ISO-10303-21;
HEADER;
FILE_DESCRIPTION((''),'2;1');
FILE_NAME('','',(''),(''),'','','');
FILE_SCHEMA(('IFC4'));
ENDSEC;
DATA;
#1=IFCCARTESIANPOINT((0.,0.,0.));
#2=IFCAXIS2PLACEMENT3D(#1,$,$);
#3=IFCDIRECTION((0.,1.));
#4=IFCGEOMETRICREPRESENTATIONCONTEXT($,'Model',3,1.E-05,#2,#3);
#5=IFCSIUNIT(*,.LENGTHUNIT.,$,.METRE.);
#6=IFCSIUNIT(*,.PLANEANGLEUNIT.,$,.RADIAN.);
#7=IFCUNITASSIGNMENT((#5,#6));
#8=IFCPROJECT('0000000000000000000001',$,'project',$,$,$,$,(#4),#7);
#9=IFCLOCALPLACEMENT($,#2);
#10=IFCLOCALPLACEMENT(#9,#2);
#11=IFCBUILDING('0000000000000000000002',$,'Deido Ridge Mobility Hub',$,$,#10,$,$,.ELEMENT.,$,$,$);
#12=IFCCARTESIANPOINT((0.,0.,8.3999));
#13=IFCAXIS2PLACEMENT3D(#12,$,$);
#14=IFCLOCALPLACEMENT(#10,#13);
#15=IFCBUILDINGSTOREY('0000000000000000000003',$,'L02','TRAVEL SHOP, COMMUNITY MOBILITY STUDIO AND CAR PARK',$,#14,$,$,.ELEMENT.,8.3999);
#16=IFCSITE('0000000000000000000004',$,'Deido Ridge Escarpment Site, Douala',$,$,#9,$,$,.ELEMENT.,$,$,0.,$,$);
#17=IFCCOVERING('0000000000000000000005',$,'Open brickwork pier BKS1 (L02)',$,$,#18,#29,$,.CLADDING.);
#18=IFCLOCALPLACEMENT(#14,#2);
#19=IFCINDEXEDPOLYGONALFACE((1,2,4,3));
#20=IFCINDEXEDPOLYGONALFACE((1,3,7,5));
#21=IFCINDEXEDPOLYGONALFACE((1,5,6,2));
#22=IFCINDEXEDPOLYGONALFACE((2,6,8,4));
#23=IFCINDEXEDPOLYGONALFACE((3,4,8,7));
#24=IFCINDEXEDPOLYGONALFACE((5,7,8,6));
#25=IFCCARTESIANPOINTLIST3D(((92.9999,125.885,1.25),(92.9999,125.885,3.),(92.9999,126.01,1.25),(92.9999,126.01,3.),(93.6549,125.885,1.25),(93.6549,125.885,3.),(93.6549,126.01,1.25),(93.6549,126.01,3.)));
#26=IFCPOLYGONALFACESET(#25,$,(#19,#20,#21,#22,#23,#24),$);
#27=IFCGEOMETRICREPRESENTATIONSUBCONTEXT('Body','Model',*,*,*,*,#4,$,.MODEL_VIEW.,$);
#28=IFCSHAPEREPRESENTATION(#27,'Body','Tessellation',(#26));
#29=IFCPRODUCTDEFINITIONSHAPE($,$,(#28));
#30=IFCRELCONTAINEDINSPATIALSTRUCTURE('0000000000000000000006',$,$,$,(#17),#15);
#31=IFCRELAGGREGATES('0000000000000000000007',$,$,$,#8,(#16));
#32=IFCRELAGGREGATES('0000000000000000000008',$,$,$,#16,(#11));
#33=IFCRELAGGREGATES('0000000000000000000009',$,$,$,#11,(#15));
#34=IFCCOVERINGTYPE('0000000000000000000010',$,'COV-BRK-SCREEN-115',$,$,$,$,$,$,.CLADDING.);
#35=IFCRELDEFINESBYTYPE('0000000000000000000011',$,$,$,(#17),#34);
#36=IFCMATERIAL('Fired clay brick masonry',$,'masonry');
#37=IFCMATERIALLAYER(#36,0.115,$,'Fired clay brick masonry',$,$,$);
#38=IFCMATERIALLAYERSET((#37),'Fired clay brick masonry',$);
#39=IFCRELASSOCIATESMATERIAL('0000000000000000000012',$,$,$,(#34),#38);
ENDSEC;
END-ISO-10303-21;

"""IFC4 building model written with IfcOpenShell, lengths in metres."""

from ifc_helpers import new_model, si_unit, direction, frame, origin, origin_2d, place, context, subcontext, project, spatial, rectangle, extrude, material, layer, layer_set, type_object, element, save


model = new_model("IFC4")

# Units and contexts
model_context = context("Model", 3, precision=1e-05, world=origin(), true_north=direction((0.0, 1.0)))
body_context = subcontext(model_context, "Body", "Model", "MODEL_VIEW")
ifc_project = project(units=[si_unit("LENGTHUNIT", "METRE"), si_unit("PLANEANGLEUNIT", "RADIAN")], contexts=[model_context])

# Site, building, storey
site_placement = place(None, origin())
site = spatial("IfcSite", under=ifc_project, at=site_placement, Name="Deido Ridge Escarpment Site, Douala", CompositionType="ELEMENT", RefElevation=0.0)
building_placement = place(site_placement, origin())
building = spatial("IfcBuilding", under=site, at=building_placement, Name="Deido Ridge Mobility Hub", CompositionType="ELEMENT")
storey_placement = place(building_placement, frame((0.0, 0.0, 8.3999)))
storey = spatial("IfcBuildingStorey", under=building, at=storey_placement, Name="L02", Description="TRAVEL SHOP, COMMUNITY MOBILITY STUDIO AND CAR PARK", CompositionType="ELEMENT", Elevation=8.3999)

# Covering
ifc_material_1 = material(Name="Fired clay brick masonry", Category="masonry")
ifc_layer = layer(ifc_material_1, 0.115, Name="Fired clay brick masonry")
ifc_layer_set = layer_set([ifc_layer], Name="Fired clay brick masonry")
covering_type = type_object("IfcCoveringType", Name="COV-BRK-SCREEN-115", PredefinedType="CLADDING", material=ifc_layer_set)
covering_1_placement = place(storey_placement, frame((93.3274, 125.9475, 1.25), z_axis=(0.0, 0.0, 1.0), x_axis=(-1.0, 0.0, 0.0)))
element("IfcCovering", 1, at=covering_1_placement, inside=storey, type_object=covering_type, Name="Open brickwork pier BKS1 (L02)", PredefinedType="CLADDING", context=body_context, shape_type="SweptSolid", body=[
    extrude(rectangle(XDim=0.655, YDim=0.125, at=origin_2d()), origin(), (0.0, 0.0, 1.0), 1.75),
])

save(model, "model.ifc")
